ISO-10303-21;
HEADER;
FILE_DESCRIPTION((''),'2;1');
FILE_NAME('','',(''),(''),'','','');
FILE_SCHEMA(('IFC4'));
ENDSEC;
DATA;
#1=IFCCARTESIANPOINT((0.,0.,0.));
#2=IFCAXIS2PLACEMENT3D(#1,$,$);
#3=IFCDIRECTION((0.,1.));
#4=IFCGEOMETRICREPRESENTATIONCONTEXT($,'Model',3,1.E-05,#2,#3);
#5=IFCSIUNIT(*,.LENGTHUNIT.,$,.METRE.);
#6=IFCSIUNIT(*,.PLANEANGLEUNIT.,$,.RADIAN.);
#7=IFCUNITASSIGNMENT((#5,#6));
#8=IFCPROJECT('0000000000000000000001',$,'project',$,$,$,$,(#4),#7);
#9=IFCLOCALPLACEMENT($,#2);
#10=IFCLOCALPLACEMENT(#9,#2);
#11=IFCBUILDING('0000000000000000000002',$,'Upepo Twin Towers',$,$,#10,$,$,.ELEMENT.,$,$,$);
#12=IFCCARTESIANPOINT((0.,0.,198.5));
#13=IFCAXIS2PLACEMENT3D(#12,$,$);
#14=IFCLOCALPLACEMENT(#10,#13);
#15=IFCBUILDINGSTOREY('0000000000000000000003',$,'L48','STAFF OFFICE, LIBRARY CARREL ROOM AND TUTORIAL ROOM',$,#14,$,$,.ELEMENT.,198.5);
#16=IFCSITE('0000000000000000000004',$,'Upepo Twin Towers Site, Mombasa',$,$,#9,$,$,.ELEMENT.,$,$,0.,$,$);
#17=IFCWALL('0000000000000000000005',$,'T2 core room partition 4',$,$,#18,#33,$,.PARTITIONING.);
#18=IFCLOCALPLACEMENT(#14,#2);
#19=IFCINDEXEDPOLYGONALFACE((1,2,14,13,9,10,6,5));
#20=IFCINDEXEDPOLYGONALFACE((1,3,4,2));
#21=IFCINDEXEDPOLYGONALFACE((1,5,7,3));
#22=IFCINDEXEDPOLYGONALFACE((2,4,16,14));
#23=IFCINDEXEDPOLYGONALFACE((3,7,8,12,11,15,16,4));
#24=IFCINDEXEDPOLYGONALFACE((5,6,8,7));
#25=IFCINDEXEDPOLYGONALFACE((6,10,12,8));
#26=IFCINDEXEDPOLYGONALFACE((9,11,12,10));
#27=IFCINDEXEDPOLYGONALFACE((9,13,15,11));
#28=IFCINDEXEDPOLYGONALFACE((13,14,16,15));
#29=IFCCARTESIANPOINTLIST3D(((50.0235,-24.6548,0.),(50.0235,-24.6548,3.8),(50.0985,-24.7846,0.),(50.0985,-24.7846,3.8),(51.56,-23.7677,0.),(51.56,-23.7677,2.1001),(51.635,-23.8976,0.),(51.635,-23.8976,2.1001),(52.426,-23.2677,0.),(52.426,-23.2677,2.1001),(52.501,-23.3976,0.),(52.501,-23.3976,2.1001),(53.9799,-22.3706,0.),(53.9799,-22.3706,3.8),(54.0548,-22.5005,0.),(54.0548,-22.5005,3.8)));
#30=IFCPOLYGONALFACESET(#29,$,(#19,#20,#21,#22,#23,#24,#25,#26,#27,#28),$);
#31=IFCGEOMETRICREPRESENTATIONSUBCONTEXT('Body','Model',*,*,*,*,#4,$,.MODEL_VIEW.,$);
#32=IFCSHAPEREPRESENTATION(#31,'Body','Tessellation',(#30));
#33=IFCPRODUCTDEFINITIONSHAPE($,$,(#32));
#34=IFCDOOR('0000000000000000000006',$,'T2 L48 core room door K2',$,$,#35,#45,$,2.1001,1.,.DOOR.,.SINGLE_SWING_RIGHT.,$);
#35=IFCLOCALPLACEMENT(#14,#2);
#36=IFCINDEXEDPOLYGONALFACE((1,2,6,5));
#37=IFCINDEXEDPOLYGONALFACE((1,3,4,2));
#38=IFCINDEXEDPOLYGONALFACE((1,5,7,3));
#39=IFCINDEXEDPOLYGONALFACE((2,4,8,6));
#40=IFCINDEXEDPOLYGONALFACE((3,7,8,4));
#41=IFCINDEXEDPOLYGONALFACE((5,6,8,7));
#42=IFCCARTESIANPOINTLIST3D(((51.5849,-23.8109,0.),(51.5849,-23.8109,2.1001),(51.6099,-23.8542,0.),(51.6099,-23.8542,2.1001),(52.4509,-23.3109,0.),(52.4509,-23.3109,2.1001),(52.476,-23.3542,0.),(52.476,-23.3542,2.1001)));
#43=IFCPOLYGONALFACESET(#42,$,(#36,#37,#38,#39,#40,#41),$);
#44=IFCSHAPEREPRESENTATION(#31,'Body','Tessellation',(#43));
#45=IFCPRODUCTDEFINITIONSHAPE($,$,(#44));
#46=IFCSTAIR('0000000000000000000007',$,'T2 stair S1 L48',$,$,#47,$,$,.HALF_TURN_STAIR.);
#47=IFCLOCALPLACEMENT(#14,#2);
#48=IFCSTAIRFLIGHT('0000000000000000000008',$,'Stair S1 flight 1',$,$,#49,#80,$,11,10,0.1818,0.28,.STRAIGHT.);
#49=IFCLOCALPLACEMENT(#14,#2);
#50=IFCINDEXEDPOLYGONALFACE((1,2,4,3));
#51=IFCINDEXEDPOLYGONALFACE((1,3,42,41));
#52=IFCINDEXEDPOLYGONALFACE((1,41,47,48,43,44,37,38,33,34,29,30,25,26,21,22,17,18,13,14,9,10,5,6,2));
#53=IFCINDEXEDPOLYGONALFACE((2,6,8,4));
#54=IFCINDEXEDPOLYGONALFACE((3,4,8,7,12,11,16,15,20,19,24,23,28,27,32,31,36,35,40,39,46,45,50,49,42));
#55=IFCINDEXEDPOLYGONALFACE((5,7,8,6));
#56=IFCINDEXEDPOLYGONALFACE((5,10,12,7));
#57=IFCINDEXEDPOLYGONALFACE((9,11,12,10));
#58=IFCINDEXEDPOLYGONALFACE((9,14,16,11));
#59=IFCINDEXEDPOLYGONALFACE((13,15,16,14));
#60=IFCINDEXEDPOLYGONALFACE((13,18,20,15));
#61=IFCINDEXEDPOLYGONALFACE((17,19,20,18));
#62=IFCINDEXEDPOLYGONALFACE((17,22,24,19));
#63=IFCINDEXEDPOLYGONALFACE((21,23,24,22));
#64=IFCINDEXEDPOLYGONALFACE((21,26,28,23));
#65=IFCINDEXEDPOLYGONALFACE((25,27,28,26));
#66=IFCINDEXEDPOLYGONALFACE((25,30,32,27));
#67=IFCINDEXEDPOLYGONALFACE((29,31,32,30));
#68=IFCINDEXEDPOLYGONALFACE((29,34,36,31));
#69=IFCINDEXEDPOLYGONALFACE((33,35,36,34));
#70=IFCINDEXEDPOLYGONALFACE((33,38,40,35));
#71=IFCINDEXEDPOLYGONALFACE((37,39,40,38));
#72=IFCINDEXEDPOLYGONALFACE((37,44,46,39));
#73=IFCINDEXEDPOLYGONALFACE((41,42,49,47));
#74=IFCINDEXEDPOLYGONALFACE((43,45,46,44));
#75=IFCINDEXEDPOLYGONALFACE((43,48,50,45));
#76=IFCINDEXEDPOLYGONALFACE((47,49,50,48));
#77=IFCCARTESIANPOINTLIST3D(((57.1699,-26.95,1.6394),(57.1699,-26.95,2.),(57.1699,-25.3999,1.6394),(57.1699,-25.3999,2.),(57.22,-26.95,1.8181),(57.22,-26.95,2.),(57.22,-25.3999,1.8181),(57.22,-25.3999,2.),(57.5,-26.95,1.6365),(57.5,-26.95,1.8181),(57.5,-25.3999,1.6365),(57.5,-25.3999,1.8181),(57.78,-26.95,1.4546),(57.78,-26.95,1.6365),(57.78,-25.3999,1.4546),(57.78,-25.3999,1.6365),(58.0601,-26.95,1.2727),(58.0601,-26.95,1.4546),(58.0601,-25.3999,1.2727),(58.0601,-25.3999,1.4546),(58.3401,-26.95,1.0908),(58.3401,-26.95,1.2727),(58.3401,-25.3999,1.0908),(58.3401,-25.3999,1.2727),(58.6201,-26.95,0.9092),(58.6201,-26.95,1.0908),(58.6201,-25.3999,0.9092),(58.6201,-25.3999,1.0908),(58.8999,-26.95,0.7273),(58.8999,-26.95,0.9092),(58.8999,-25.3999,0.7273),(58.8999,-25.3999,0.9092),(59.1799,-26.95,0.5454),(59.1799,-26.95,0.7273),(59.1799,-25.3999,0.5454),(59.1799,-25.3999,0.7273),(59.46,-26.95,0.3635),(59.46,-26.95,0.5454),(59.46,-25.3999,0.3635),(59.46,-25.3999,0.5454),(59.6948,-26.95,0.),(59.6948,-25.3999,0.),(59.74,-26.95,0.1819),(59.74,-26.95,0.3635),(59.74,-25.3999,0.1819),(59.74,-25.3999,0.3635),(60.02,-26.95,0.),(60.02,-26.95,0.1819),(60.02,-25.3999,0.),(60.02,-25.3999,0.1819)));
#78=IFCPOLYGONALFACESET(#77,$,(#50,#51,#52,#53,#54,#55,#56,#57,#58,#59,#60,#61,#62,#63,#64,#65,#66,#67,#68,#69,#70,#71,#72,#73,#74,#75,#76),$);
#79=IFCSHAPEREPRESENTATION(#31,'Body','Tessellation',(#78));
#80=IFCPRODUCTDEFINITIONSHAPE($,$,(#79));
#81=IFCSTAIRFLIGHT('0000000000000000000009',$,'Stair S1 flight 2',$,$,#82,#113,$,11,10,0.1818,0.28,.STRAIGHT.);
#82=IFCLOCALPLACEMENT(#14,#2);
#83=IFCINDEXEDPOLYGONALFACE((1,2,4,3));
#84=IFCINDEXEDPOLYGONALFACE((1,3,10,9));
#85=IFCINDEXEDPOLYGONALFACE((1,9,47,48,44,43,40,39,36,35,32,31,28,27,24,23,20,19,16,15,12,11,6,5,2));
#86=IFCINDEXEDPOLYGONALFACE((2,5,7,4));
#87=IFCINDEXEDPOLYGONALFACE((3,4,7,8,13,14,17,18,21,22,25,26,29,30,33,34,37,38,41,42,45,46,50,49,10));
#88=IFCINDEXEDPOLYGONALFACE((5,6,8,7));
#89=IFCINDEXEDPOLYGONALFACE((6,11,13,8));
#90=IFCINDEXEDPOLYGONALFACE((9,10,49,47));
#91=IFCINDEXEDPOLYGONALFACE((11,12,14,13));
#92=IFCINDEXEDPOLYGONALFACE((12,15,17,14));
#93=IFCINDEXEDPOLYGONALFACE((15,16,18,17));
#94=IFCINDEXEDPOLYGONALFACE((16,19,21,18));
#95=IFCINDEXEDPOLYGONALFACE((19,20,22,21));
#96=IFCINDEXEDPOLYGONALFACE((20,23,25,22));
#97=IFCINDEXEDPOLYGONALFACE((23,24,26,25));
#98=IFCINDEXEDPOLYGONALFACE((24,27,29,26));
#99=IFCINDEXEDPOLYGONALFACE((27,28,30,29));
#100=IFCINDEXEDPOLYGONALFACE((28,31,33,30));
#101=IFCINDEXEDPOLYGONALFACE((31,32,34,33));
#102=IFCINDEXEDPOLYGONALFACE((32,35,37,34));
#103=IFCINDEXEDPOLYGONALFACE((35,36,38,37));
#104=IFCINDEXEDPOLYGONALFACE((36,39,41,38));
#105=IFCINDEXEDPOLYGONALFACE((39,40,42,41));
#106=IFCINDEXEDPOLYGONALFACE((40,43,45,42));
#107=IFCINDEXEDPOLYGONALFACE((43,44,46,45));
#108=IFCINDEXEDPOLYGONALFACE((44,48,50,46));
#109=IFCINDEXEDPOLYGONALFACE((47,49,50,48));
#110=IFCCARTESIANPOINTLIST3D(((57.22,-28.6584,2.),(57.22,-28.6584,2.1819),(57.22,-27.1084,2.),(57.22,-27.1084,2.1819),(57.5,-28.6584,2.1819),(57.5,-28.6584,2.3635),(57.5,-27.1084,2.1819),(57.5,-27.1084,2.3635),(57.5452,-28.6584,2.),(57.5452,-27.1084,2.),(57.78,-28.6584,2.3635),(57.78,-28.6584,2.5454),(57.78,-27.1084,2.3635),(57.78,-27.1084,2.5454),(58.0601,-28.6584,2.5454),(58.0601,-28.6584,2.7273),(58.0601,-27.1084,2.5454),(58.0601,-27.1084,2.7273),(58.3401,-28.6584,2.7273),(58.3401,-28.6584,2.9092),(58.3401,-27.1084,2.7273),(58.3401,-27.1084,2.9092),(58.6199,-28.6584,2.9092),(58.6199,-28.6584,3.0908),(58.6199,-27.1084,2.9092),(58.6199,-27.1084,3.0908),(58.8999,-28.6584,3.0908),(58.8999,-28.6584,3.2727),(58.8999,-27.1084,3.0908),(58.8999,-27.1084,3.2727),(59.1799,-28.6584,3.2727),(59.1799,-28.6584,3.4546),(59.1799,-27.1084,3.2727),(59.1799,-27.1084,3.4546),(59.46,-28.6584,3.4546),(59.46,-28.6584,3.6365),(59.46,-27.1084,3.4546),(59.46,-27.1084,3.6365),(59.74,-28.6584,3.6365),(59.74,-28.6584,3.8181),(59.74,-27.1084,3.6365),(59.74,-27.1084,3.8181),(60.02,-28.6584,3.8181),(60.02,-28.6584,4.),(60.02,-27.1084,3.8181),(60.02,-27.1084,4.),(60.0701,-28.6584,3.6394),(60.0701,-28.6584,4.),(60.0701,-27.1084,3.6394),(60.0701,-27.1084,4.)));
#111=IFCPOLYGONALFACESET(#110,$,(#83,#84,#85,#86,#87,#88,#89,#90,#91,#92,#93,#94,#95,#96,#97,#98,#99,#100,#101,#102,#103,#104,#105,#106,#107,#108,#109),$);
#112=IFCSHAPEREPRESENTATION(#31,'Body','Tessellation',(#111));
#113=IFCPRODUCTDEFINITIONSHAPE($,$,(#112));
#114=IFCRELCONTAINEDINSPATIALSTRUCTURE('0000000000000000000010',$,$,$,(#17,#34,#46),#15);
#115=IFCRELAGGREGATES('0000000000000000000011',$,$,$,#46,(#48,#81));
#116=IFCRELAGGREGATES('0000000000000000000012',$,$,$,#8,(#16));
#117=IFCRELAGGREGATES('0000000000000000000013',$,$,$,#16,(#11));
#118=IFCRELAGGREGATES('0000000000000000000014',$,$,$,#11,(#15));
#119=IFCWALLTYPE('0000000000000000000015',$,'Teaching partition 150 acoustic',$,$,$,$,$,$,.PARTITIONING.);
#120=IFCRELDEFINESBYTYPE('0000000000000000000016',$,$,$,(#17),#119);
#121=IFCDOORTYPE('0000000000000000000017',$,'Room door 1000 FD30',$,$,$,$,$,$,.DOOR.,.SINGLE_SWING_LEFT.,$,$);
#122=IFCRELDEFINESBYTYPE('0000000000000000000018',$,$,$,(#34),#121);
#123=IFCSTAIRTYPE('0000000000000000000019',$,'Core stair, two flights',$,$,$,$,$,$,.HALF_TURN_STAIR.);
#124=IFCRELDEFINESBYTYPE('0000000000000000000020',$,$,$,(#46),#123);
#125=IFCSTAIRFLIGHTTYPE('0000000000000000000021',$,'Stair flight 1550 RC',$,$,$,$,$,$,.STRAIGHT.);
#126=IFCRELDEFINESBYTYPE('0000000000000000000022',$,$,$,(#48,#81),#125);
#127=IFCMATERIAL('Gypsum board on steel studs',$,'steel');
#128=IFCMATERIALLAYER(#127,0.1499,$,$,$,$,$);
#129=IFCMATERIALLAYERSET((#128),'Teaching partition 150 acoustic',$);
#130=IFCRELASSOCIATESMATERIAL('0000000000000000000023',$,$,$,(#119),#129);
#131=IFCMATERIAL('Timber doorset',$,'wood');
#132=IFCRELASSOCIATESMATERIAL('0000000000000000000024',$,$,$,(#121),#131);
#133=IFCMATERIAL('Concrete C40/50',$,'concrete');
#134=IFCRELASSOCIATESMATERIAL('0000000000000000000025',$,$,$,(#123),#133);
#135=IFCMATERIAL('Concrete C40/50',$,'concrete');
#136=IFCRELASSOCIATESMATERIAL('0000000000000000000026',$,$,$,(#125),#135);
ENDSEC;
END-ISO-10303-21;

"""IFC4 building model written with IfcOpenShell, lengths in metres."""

from ifc_helpers import new_model, si_unit, direction, frame, frame_2d, origin, place, context, subcontext, project, spatial, polyline, rectangle, outline, extrude, material, layer, layer_set, type_object, element, fill, aggregate, save


model = new_model("IFC4")

# Units and contexts
model_context = context("Model", 3, precision=1e-05, world=origin(), true_north=direction((0.0, 1.0)))
body_context = subcontext(model_context, "Body", "Model", "MODEL_VIEW")
ifc_project = project(units=[si_unit("LENGTHUNIT", "METRE"), si_unit("PLANEANGLEUNIT", "RADIAN")], contexts=[model_context])

# Site, building, storey
site_placement = place(None, origin())
site = spatial("IfcSite", under=ifc_project, at=site_placement, Name="Upepo Twin Towers Site, Mombasa", CompositionType="ELEMENT", RefElevation=0.0)
building_placement = place(site_placement, origin())
building = spatial("IfcBuilding", under=site, at=building_placement, Name="Upepo Twin Towers", CompositionType="ELEMENT")
storey_placement = place(building_placement, frame((0.0, 0.0, 198.5)))
storey = spatial("IfcBuildingStorey", under=building, at=storey_placement, Name="L48", Description="STAFF OFFICE, LIBRARY CARREL ROOM AND TUTORIAL ROOM", CompositionType="ELEMENT", Elevation=198.5)

# Shared definitions
ifc_material_1 = material(Name="Gypsum board on steel studs", Category="steel")
ifc_layer_1 = layer(ifc_material_1, 0.1499)
ifc_layer_set_1 = layer_set([ifc_layer_1], Name="Teaching partition 150 acoustic")
wall_type_1 = type_object("IfcWallType", Name="Teaching partition 150 acoustic", PredefinedType="PARTITIONING", material=ifc_layer_set_1)

# Wall, opening, door
wall_1_placement = place(storey_placement, frame((54.0173, -22.4355, 0.0), z_axis=(0.0, 0.0, 1.0), x_axis=(-0.866025, -0.500002, 0.0)))
wall_1 = element("IfcWall", 1, at=wall_1_placement, inside=storey, type_object=wall_type_1, Name="T2 core room partition 4", PredefinedType="PARTITIONING", context=body_context, shape_type="SweptSolid", body=[
    extrude(rectangle(XDim=4.5684, YDim=0.1499, at=frame_2d((2.2842, 0.0))), origin(), (0.0, 0.0, 1.0), 3.8),
])
opening_1_placement = place(wall_1_placement, frame((1.7942, 0.0, 0.0)))
opening_1 = element("IfcOpeningElement", 2, at=opening_1_placement, cuts=wall_1, PredefinedType="OPENING", context=body_context, shape_type="SweptSolid", body=[
    extrude(rectangle(XDim=1.0, YDim=2.1001, at=frame_2d((0.5, 1.05))), frame((0.0, 0.085, 0.0), z_axis=(0.0, -1.0, 0.0), x_axis=(1.0, 0.0, 0.0)), (0.0, 0.0, 1.0), 0.1699),
])
ifc_material_2 = material(Name="Timber doorset", Category="wood")
door_type_1 = type_object("IfcDoorType", Name="Room door 1000 FD30", OperationType="SINGLE_SWING_LEFT", PredefinedType="DOOR", material=ifc_material_2)
door_1_placement = place(opening_1_placement, origin())
door_1 = element("IfcDoor", 3, at=door_1_placement, inside=storey, type_object=door_type_1, Name="T2 L48 core room door K2", OperationType="SINGLE_SWING_RIGHT", OverallHeight=2.1001, OverallWidth=1.0, PredefinedType="DOOR", context=body_context, shape_type="SweptSolid", body=[
    extrude(rectangle(XDim=1.0, YDim=2.1001, at=frame_2d((0.5, 1.05))), frame((0.0, 0.0249, 0.0), z_axis=(0.0, -1.0, 0.0), x_axis=(1.0, 0.0, 0.0)), (0.0, 0.0, 1.0), 0.05),
])
fill(opening_1, door_1)

# Stair, stair flights
ifc_material_3 = material(Name="Concrete C40/50", Category="concrete")
stair_type = type_object("IfcStairType", Name="Core stair, two flights", PredefinedType="HALF_TURN_STAIR", material=ifc_material_3)
stair_placement = place(storey_placement, origin())
stair = element("IfcStair", 4, at=stair_placement, inside=storey, type_object=stair_type, Name="T2 stair S1 L48", PredefinedType="HALF_TURN_STAIR")
ifc_material_4 = material(Name="Concrete C40/50", Category="concrete")
stair_flight_type = type_object("IfcStairFlightType", Name="Stair flight 1550 RC", PredefinedType="STRAIGHT", material=ifc_material_4)
stair_flight_1_placement = place(storey_placement, frame((60.02, -26.175, 0.0), z_axis=(0.0, 0.0, 1.0), x_axis=(-1.0, 0.0, 0.0)))
stair_flight_1 = element("IfcStairFlight", 5, at=stair_flight_1_placement, type_object=stair_flight_type, Name="Stair S1 flight 1", NumberOfRisers=11, NumberOfTreads=10, PredefinedType="STRAIGHT", RiserHeight=0.1818, TreadLength=0.28, context=body_context, shape_type="SweptSolid", body=[
    extrude(outline(polyline([(0.0, 0.0), (0.0, 0.1819), (0.28, 0.1819), (0.28, 0.3635), (0.5601, 0.3635), (0.5601, 0.5454), (0.8401, 0.5454), (0.8401, 0.7273), (1.1201, 0.7273), (1.1201, 0.9092), (1.3999, 0.9092), (1.3999, 1.0908), (1.6799, 1.0908), (1.6799, 1.2727), (1.96, 1.2727), (1.96, 1.4546), (2.24, 1.4546), (2.24, 1.6365), (2.52, 1.6365), (2.52, 1.8181), (2.8, 1.8181), (2.8, 2.0), (2.8501, 2.0), (2.8501, 1.6394), (0.3252, 0.0), (0.0, 0.0)])), frame((0.0, 0.7749, 0.0), z_axis=(0.0, -1.0, 0.0), x_axis=(1.0, 0.0, 0.0)), (0.0, 0.0, 1.0), 1.55),
])
stair_flight_2_placement = place(storey_placement, frame((57.22, -27.8833, 2.0), z_axis=(0.0, 0.0, 1.0), x_axis=(1.0, 0.0, 0.0)))
stair_flight_2 = element("IfcStairFlight", 6, at=stair_flight_2_placement, type_object=stair_flight_type, Name="Stair S1 flight 2", NumberOfRisers=11, NumberOfTreads=10, PredefinedType="STRAIGHT", RiserHeight=0.1818, TreadLength=0.28, context=body_context, shape_type="SweptSolid", body=[
    extrude(outline(polyline([(0.0, 0.0), (0.0, 0.1819), (0.28, 0.1819), (0.28, 0.3635), (0.5601, 0.3635), (0.5601, 0.5454), (0.8401, 0.5454), (0.8401, 0.7273), (1.1201, 0.7273), (1.1201, 0.9092), (1.3999, 0.9092), (1.3999, 1.0908), (1.6799, 1.0908), (1.6799, 1.2727), (1.96, 1.2727), (1.96, 1.4546), (2.24, 1.4546), (2.24, 1.6365), (2.52, 1.6365), (2.52, 1.8181), (2.8, 1.8181), (2.8, 2.0), (2.8501, 2.0), (2.8501, 1.6394), (0.3252, 0.0), (0.0, 0.0)])), frame((0.0, 0.7749, 0.0), z_axis=(0.0, -1.0, 0.0), x_axis=(1.0, 0.0, 0.0)), (0.0, 0.0, 1.0), 1.55),
])
aggregate(stair, [stair_flight_1, stair_flight_2])

save(model, "model.ifc")
